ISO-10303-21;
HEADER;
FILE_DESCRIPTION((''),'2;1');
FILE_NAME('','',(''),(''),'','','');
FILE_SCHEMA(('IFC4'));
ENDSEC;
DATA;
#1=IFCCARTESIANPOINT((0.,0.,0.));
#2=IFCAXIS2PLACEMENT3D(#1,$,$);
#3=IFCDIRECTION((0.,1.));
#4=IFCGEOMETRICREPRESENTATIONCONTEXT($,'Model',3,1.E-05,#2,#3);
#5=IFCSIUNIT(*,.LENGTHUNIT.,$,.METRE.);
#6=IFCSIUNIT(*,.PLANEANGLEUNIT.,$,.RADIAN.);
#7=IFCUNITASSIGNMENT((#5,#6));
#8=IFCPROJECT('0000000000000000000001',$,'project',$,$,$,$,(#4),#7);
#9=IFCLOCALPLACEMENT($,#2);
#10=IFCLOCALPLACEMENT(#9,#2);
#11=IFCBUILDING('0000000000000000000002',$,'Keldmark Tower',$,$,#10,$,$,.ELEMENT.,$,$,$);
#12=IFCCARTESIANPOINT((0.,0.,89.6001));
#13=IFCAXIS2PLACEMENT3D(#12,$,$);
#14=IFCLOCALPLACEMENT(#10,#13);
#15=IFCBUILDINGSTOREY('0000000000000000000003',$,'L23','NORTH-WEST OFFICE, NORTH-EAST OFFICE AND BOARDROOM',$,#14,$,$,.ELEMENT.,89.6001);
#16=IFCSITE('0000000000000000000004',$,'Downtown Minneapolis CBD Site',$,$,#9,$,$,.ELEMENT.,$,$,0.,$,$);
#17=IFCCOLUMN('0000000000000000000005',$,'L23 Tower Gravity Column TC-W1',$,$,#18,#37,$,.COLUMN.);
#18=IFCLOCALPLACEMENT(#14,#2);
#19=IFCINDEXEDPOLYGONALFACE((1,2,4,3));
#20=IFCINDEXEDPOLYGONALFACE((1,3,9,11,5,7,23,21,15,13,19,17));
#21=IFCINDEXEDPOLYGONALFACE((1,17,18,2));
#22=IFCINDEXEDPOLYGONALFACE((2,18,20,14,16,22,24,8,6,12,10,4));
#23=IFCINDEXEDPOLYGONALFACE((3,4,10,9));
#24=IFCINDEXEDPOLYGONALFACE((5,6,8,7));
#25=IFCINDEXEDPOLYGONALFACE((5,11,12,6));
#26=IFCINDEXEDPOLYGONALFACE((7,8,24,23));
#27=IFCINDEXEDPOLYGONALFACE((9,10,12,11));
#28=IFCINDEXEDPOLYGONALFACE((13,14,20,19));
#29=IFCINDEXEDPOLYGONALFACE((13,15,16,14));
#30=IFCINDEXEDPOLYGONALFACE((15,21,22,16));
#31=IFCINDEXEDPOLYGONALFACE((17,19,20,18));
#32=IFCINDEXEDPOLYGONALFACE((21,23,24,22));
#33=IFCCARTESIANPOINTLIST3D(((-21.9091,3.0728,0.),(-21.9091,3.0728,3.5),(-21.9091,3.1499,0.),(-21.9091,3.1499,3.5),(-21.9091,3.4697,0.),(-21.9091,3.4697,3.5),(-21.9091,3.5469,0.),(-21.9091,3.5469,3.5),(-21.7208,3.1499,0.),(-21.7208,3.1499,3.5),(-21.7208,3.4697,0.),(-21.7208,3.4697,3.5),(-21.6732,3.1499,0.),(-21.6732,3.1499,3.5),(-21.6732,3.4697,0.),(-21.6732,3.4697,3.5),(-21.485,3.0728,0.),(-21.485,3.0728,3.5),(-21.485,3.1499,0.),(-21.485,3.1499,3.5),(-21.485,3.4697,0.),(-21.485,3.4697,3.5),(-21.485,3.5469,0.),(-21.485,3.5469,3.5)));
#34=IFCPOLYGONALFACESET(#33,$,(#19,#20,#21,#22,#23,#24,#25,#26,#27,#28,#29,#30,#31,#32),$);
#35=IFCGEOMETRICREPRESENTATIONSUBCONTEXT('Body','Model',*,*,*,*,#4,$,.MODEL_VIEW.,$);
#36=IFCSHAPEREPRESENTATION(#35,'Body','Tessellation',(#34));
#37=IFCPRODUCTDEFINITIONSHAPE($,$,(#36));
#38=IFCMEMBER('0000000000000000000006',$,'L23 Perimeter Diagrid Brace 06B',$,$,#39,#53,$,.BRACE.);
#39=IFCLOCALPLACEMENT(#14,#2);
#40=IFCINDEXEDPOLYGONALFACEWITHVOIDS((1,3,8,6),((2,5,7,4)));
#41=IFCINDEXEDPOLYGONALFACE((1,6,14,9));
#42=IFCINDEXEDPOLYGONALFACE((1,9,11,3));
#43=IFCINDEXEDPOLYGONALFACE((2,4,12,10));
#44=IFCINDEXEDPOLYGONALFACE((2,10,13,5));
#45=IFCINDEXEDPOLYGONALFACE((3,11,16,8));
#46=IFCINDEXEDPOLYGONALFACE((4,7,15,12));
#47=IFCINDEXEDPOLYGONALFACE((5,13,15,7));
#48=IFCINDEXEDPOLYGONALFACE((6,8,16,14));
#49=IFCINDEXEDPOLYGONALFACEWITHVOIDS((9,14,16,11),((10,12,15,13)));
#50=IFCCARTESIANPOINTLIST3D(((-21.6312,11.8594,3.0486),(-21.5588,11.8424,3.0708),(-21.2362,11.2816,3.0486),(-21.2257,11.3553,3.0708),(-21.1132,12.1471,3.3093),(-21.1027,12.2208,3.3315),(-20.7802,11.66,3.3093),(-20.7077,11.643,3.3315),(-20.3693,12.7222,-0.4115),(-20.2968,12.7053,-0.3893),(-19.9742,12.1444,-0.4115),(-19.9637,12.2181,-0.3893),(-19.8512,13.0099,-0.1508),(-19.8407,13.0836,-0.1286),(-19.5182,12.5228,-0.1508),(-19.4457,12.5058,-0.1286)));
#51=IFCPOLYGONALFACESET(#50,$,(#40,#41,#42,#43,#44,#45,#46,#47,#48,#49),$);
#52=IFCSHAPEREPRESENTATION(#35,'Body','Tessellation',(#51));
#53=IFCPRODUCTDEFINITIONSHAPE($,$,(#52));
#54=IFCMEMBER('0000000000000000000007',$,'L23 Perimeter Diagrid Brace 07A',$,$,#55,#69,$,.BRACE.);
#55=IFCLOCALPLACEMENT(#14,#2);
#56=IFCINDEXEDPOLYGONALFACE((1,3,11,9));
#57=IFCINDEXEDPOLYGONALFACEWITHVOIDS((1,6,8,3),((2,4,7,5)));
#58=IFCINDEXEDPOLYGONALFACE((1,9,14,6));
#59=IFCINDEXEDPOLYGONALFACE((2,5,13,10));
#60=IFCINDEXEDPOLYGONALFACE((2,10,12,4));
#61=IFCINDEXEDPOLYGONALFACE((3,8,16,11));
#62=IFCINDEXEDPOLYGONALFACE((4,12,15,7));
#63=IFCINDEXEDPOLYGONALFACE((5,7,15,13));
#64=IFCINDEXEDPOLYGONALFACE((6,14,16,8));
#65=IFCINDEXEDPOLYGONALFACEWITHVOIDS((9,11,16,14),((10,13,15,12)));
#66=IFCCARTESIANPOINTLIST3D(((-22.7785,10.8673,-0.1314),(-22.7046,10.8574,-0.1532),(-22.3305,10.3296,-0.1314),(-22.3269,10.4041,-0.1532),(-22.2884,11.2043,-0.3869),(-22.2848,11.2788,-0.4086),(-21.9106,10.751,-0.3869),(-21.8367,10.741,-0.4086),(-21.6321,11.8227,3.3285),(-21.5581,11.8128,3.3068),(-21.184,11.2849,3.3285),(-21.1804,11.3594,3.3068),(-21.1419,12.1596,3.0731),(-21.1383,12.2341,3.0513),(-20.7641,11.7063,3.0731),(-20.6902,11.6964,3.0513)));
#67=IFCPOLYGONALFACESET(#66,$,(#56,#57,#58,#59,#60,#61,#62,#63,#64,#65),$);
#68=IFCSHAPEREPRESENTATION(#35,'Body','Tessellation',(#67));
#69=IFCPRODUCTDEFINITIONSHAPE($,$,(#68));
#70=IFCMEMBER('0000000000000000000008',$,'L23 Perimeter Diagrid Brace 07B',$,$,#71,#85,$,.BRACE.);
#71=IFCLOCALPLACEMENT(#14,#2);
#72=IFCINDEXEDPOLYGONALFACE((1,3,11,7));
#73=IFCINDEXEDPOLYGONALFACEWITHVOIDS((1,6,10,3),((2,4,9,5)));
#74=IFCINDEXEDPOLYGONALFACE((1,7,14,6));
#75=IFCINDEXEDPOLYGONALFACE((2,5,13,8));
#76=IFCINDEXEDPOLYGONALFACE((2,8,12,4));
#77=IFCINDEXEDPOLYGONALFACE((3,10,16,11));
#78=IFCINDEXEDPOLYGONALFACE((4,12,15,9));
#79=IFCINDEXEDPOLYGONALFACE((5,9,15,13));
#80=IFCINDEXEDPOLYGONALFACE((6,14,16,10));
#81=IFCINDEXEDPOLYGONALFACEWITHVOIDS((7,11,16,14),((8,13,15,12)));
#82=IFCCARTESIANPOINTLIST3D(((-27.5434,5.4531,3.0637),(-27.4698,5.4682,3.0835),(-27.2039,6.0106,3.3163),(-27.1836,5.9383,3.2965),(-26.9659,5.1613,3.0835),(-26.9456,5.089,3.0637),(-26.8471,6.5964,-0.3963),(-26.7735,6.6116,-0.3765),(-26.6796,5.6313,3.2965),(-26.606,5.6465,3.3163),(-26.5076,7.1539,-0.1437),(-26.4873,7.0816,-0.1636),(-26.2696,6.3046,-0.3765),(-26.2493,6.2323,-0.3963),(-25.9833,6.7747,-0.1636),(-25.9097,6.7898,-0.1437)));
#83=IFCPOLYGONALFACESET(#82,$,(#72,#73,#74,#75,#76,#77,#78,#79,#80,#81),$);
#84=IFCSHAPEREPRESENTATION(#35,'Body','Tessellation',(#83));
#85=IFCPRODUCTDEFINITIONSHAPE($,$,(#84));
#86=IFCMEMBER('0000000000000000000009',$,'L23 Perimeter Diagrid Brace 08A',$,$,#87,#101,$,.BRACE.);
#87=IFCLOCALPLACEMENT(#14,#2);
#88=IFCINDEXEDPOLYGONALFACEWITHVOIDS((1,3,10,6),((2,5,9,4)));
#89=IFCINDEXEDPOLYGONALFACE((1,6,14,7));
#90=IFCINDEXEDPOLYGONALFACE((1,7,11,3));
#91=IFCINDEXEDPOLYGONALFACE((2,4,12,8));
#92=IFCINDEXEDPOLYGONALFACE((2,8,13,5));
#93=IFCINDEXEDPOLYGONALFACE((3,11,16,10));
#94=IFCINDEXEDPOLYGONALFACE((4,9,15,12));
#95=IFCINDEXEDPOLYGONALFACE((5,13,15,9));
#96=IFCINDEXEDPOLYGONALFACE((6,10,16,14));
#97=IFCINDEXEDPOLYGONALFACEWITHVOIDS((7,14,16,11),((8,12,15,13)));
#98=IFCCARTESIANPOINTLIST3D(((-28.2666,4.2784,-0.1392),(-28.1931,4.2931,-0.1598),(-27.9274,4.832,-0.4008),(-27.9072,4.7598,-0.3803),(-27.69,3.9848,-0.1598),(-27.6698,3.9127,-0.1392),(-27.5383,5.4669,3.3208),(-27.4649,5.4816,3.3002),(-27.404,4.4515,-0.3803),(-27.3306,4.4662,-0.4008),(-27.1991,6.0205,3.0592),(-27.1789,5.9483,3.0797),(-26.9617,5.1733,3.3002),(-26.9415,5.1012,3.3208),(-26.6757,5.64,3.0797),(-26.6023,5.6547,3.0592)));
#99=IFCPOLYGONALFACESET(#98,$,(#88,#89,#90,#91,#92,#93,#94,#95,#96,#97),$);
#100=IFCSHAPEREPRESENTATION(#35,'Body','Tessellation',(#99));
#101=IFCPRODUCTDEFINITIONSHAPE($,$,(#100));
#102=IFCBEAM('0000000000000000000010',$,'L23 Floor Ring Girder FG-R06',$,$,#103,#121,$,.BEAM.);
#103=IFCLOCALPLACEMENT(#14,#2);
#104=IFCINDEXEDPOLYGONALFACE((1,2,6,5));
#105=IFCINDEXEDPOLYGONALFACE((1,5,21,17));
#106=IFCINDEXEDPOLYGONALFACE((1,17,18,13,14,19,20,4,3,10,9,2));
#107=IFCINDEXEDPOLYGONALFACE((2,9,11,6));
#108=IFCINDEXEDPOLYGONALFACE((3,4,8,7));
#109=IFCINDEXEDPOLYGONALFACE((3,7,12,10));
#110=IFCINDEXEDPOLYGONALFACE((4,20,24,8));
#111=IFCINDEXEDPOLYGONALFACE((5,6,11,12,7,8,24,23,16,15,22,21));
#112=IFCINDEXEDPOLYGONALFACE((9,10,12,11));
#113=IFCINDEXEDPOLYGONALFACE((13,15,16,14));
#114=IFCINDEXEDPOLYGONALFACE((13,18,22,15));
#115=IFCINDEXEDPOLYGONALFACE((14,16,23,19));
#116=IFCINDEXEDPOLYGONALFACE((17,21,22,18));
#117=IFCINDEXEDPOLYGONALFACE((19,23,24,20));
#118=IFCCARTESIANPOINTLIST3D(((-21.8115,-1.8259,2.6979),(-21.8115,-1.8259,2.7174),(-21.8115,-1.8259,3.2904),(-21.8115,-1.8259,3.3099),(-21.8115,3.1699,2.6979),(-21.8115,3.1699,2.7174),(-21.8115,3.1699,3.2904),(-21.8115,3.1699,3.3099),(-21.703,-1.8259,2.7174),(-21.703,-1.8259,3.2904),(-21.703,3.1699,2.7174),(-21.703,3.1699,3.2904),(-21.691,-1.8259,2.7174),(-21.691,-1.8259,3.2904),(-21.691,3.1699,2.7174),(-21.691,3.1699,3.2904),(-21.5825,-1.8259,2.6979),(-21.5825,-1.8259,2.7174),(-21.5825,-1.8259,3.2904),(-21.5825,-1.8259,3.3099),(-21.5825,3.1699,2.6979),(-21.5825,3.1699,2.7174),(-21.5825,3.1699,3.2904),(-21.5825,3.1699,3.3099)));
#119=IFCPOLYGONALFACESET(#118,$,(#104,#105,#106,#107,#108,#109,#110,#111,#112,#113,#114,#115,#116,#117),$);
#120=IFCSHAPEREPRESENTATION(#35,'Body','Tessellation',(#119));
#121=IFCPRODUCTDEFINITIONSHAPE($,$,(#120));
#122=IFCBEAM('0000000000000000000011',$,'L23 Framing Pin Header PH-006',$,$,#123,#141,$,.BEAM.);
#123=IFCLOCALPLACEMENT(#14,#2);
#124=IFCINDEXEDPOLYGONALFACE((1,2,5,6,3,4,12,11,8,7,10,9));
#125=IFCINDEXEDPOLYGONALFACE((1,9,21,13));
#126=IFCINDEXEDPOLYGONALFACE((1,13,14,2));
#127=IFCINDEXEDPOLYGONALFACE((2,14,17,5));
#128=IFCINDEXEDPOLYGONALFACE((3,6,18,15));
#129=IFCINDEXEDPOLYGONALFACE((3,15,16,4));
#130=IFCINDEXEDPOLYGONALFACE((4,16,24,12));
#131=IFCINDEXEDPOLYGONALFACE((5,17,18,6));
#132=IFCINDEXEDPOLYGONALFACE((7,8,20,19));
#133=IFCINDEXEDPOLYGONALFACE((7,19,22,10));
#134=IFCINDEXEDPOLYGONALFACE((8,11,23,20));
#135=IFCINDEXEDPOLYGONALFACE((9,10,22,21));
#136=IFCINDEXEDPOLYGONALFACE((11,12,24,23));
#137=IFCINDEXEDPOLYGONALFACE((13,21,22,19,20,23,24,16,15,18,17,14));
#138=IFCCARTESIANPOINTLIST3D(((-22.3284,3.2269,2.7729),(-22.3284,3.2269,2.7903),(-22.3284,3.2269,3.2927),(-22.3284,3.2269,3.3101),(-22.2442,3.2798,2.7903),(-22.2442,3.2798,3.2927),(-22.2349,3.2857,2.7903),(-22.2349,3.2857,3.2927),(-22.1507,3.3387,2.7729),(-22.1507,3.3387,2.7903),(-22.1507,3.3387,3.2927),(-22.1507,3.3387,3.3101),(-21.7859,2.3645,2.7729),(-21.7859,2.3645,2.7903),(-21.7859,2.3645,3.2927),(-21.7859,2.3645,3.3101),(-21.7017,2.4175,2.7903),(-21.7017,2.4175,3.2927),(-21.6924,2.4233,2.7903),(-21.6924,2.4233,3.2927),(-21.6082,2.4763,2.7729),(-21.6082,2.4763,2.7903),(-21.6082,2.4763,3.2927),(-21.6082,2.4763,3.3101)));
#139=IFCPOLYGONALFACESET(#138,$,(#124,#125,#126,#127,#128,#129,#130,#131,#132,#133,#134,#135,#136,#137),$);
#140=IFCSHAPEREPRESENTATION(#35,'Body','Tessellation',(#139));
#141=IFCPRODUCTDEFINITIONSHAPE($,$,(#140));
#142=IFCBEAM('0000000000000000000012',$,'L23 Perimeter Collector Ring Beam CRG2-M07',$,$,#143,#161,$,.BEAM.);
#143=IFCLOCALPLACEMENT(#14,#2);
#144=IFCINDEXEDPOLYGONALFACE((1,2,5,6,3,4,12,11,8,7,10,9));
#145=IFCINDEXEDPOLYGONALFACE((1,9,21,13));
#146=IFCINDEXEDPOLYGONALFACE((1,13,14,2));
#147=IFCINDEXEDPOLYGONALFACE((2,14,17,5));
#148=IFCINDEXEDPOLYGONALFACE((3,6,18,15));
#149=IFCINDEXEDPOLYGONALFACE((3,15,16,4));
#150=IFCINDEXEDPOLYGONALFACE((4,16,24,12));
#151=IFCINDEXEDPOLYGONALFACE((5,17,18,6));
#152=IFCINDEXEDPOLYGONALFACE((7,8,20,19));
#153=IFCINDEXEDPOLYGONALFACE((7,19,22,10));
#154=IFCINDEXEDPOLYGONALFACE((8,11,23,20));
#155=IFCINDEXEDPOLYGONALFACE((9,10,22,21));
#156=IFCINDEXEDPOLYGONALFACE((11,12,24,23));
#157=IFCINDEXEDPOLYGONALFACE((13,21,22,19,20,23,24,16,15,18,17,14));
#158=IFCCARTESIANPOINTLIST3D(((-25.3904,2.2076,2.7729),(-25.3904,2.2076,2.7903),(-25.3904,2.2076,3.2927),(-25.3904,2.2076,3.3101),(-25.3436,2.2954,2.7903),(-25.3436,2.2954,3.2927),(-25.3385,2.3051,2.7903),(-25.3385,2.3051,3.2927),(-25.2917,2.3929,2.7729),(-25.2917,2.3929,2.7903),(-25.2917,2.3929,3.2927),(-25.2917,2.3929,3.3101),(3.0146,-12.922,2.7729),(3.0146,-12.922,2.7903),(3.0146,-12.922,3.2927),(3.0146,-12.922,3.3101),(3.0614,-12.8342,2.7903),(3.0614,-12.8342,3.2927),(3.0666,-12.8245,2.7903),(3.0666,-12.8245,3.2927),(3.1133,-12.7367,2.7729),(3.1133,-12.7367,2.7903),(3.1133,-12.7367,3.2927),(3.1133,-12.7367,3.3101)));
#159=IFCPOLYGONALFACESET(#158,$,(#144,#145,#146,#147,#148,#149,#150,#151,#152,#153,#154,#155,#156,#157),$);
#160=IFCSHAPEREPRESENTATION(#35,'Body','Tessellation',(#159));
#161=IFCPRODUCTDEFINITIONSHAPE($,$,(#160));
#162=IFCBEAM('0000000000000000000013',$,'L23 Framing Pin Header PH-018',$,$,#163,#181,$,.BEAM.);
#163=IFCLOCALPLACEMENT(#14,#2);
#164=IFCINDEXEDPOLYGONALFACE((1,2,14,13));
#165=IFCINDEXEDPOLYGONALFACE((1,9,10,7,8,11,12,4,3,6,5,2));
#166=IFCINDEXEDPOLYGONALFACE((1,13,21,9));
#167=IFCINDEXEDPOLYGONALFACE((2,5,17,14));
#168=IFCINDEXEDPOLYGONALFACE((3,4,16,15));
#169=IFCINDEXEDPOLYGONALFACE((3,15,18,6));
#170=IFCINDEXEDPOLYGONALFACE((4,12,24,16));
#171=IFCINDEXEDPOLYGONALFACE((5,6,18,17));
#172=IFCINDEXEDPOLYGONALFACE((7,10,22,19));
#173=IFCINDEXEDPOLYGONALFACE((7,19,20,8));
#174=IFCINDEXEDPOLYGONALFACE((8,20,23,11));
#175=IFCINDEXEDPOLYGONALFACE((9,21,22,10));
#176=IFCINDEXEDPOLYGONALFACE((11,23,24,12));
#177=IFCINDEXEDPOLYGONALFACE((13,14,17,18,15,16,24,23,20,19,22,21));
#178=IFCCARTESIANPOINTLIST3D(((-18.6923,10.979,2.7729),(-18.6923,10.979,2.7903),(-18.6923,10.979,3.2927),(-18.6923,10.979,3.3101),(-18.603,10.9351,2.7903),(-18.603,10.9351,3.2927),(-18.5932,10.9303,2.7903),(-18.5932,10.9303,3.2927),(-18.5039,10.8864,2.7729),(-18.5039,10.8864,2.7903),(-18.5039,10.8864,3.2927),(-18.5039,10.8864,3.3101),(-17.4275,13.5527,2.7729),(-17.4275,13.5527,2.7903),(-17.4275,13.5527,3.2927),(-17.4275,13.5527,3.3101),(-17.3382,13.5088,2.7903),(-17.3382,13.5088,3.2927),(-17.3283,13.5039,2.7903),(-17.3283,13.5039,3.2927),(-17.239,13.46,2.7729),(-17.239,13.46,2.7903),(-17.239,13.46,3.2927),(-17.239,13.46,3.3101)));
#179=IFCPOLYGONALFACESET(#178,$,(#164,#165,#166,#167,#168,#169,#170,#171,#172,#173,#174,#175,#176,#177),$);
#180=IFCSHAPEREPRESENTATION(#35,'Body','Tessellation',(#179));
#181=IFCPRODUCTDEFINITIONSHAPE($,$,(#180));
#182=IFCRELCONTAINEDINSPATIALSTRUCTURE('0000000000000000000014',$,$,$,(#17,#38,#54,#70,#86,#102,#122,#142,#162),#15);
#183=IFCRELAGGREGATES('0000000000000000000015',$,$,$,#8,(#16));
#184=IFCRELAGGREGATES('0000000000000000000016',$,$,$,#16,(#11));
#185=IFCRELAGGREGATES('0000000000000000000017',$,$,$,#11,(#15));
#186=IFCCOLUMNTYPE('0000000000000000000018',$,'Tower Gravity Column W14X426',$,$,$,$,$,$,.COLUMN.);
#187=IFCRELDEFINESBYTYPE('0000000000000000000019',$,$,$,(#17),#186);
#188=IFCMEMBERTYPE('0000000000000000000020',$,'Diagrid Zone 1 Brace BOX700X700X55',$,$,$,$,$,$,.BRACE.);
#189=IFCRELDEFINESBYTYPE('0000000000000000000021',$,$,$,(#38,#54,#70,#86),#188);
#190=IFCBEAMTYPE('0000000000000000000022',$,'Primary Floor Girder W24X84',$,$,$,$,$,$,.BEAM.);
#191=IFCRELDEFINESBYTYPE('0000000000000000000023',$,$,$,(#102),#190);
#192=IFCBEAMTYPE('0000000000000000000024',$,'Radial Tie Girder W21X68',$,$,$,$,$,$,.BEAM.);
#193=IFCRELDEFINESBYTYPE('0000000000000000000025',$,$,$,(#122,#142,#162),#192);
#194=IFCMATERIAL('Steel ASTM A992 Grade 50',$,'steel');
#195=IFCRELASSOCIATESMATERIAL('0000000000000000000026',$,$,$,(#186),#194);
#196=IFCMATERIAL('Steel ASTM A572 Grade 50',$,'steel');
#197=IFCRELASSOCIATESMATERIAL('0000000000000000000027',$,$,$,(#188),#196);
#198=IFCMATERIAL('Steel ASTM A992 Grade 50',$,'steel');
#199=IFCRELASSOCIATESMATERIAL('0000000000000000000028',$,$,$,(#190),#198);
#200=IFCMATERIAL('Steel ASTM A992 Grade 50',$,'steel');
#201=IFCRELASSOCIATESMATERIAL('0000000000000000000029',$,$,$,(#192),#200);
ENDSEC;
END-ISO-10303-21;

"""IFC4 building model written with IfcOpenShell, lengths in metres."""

from ifc_helpers import new_model, si_unit, direction, frame, origin, origin_2d, place, context, subcontext, project, spatial, hollow_rectangle, i_section, extrude, material, material_profile, profile_set, type_object, element, save


model = new_model("IFC4")

# Units and contexts
model_context = context("Model", 3, precision=1e-05, world=origin(), true_north=direction((0.0, 1.0)))
body_context = subcontext(model_context, "Body", "Model", "MODEL_VIEW")
ifc_project = project(units=[si_unit("LENGTHUNIT", "METRE"), si_unit("PLANEANGLEUNIT", "RADIAN")], contexts=[model_context])

# Site, building, storey
site_placement = place(None, origin())
site = spatial("IfcSite", under=ifc_project, at=site_placement, Name="Downtown Minneapolis CBD Site", CompositionType="ELEMENT", RefElevation=0.0)
building_placement = place(site_placement, origin())
building = spatial("IfcBuilding", under=site, at=building_placement, Name="Keldmark Tower", CompositionType="ELEMENT")
storey_placement = place(building_placement, frame((0.0, 0.0, 89.6001)))
storey = spatial("IfcBuildingStorey", under=building, at=storey_placement, Name="L23", Description="NORTH-WEST OFFICE, NORTH-EAST OFFICE AND BOARDROOM", CompositionType="ELEMENT", Elevation=89.6001)

# Column
ifc_material_1 = material(Name="Steel ASTM A992 Grade 50", Category="steel")
ifc_material_profile_1 = material_profile(ifc_material_1, i_section(OverallWidth=0.4241, OverallDepth=0.4741, WebThickness=0.0476, FlangeThickness=0.0771, at=origin_2d()), Name="W14X426")
ifc_profile_set_1 = profile_set([ifc_material_profile_1], Name="Steel ASTM A992 Grade 50")
column_type = type_object("IfcColumnType", Name="Tower Gravity Column W14X426", PredefinedType="COLUMN", material=ifc_profile_set_1)
column_placement = place(storey_placement, frame((-21.697, 3.3098, 0.0), z_axis=(0.0, 0.0, 1.0), x_axis=(1.0, 0.0, 0.0)))
element("IfcColumn", 1, at=column_placement, inside=storey, type_object=column_type, Name="L23 Tower Gravity Column TC-W1", PredefinedType="COLUMN", context=body_context, shape_type="SweptSolid", body=[
    extrude(i_section(OverallWidth=0.4241, OverallDepth=0.4741, WebThickness=0.0476, FlangeThickness=0.0771, at=origin_2d()), origin(), (0.0, 0.0, 1.0), 3.5),
])

# Members
ifc_material_2 = material(Name="Steel ASTM A572 Grade 50", Category="steel")
ifc_material_profile_2 = material_profile(ifc_material_2, hollow_rectangle(XDim=0.7, YDim=0.7, WallThickness=0.0549, at=origin_2d()), Name="BOX700X700X55")
ifc_profile_set_2 = profile_set([ifc_material_profile_2], Name="Steel ASTM A572 Grade 50")
member_type = type_object("IfcMemberType", Name="Diagrid Zone 1 Brace BOX700X700X55", PredefinedType="BRACE", material=ifc_profile_set_2)
member_1_placement = place(storey_placement, frame((-19.9075, 12.614, -0.27), z_axis=(-0.33362, -0.228093, 0.914697), x_axis=(0.564392, -0.825507, 0.0)))
element("IfcMember", 2, at=member_1_placement, inside=storey, type_object=member_type, Name="L23 Perimeter Diagrid Brace 06B", PredefinedType="BRACE", context=body_context, shape_type="SweptSolid", body=[
    extrude(hollow_rectangle(XDim=0.7, YDim=0.7, WallThickness=0.0549, at=origin_2d()), origin(), (0.0, 0.0, 1.0), 3.7827),
])
member_2_placement = place(storey_placement, frame((-22.3076, 10.8042, -0.27), z_axis=(0.304263, 0.253531, 0.91823), x_axis=(-0.640152, 0.768248, 0.0)))
element("IfcMember", 3, at=member_2_placement, inside=storey, type_object=member_type, Name="L23 Perimeter Diagrid Brace 07A", PredefinedType="BRACE", context=body_context, shape_type="SweptSolid", body=[
    extrude(hollow_rectangle(XDim=0.7, YDim=0.7, WallThickness=0.0549, at=origin_2d()), origin(), (0.0, 0.0, 1.0), 3.7681),
])
member_3_placement = place(storey_placement, frame((-26.3784, 6.6931, -0.27), z_axis=(-0.187684, -0.308179, 0.932631), x_axis=(0.854079, -0.520144, 0.0)))
element("IfcMember", 4, at=member_3_placement, inside=storey, type_object=member_type, Name="L23 Perimeter Diagrid Brace 07B", PredefinedType="BRACE", context=body_context, shape_type="SweptSolid", body=[
    extrude(hollow_rectangle(XDim=0.7, YDim=0.7, WallThickness=0.0549, at=origin_2d()), origin(), (0.0, 0.0, 1.0), 3.71),
])
member_4_placement = place(storey_placement, frame((-27.7986, 4.3723, -0.27), z_axis=(0.195238, 0.318612, 0.927561), x_axis=(-0.852649, 0.522484, 0.0)))
element("IfcMember", 5, at=member_4_placement, inside=storey, type_object=member_type, Name="L23 Perimeter Diagrid Brace 08A", PredefinedType="BRACE", context=body_context, shape_type="SweptSolid", body=[
    extrude(hollow_rectangle(XDim=0.7, YDim=0.7, WallThickness=0.0549, at=origin_2d()), origin(), (0.0, 0.0, 1.0), 3.7302),
])

# Beams
ifc_material_3 = material(Name="Steel ASTM A992 Grade 50", Category="steel")
ifc_material_profile_3 = material_profile(ifc_material_3, i_section(OverallWidth=0.229, OverallDepth=0.6121, WebThickness=0.012, FlangeThickness=0.0195, at=origin_2d()), Name="W24X84")
ifc_profile_set_3 = profile_set([ifc_material_profile_3], Name="Steel ASTM A992 Grade 50")
beam_type_1 = type_object("IfcBeamType", Name="Primary Floor Girder W24X84", PredefinedType="BEAM", material=ifc_profile_set_3)
beam_1_placement = place(storey_placement, frame((-21.697, 3.1699, 3.0039), z_axis=(0.0, -1.0, 0.0), x_axis=(1.0, 0.0, 0.0)))
element("IfcBeam", 6, at=beam_1_placement, inside=storey, type_object=beam_type_1, Name="L23 Floor Ring Girder FG-R06", PredefinedType="BEAM", context=body_context, shape_type="SweptSolid", body=[
    extrude(i_section(OverallWidth=0.229, OverallDepth=0.6121, WebThickness=0.012, FlangeThickness=0.0195, at=origin_2d()), origin(), (0.0, 0.0, 1.0), 4.9958),
])
ifc_material_4 = material(Name="Steel ASTM A992 Grade 50", Category="steel")
ifc_material_profile_4 = material_profile(ifc_material_4, i_section(OverallWidth=0.21, OverallDepth=0.5371, WebThickness=0.011, FlangeThickness=0.0173, at=origin_2d()), Name="W21X68")
ifc_profile_set_4 = profile_set([ifc_material_profile_4], Name="Steel ASTM A992 Grade 50")
beam_type_2 = type_object("IfcBeamType", Name="Radial Tie Girder W21X68", PredefinedType="BEAM", material=ifc_profile_set_4)
beam_2_placement = place(storey_placement, frame((-21.697, 2.4204, 3.0415), z_axis=(-0.532495, 0.846433, 0.0), x_axis=(-0.846433, -0.532495, 0.0)))
element("IfcBeam", 7, at=beam_2_placement, inside=storey, type_object=beam_type_2, Name="L23 Framing Pin Header PH-006", PredefinedType="BEAM", context=body_context, shape_type="SweptSolid", body=[
    extrude(i_section(OverallWidth=0.21, OverallDepth=0.5371, WebThickness=0.011, FlangeThickness=0.0173, at=origin_2d()), origin(), (0.0, 0.0, 1.0), 1.0188),
])
beam_3_placement = place(storey_placement, frame((-25.3411, 2.3003, 3.0415), z_axis=(0.882607, -0.470111, 0.0), x_axis=(0.470111, 0.882607, 0.0)))
element("IfcBeam", 8, at=beam_3_placement, inside=storey, type_object=beam_type_2, Name="L23 Perimeter Collector Ring Beam CRG2-M07", PredefinedType="BEAM", context=body_context, shape_type="SweptSolid", body=[
    extrude(i_section(OverallWidth=0.21, OverallDepth=0.5371, WebThickness=0.011, FlangeThickness=0.0173, at=origin_2d()), origin(), (0.0, 0.0, 1.0), 32.1831),
])
beam_4_placement = place(storey_placement, frame((-17.3333, 13.5063, 3.0415), z_axis=(-0.441074, -0.897471, 0.0), x_axis=(0.897471, -0.441074, 0.0)))
element("IfcBeam", 9, at=beam_4_placement, inside=storey, type_object=beam_type_2, Name="L23 Framing Pin Header PH-018", PredefinedType="BEAM", context=body_context, shape_type="SweptSolid", body=[
    extrude(i_section(OverallWidth=0.21, OverallDepth=0.5371, WebThickness=0.011, FlangeThickness=0.0173, at=origin_2d()), origin(), (0.0, 0.0, 1.0), 2.8677),
])

save(model, "model.ifc")
